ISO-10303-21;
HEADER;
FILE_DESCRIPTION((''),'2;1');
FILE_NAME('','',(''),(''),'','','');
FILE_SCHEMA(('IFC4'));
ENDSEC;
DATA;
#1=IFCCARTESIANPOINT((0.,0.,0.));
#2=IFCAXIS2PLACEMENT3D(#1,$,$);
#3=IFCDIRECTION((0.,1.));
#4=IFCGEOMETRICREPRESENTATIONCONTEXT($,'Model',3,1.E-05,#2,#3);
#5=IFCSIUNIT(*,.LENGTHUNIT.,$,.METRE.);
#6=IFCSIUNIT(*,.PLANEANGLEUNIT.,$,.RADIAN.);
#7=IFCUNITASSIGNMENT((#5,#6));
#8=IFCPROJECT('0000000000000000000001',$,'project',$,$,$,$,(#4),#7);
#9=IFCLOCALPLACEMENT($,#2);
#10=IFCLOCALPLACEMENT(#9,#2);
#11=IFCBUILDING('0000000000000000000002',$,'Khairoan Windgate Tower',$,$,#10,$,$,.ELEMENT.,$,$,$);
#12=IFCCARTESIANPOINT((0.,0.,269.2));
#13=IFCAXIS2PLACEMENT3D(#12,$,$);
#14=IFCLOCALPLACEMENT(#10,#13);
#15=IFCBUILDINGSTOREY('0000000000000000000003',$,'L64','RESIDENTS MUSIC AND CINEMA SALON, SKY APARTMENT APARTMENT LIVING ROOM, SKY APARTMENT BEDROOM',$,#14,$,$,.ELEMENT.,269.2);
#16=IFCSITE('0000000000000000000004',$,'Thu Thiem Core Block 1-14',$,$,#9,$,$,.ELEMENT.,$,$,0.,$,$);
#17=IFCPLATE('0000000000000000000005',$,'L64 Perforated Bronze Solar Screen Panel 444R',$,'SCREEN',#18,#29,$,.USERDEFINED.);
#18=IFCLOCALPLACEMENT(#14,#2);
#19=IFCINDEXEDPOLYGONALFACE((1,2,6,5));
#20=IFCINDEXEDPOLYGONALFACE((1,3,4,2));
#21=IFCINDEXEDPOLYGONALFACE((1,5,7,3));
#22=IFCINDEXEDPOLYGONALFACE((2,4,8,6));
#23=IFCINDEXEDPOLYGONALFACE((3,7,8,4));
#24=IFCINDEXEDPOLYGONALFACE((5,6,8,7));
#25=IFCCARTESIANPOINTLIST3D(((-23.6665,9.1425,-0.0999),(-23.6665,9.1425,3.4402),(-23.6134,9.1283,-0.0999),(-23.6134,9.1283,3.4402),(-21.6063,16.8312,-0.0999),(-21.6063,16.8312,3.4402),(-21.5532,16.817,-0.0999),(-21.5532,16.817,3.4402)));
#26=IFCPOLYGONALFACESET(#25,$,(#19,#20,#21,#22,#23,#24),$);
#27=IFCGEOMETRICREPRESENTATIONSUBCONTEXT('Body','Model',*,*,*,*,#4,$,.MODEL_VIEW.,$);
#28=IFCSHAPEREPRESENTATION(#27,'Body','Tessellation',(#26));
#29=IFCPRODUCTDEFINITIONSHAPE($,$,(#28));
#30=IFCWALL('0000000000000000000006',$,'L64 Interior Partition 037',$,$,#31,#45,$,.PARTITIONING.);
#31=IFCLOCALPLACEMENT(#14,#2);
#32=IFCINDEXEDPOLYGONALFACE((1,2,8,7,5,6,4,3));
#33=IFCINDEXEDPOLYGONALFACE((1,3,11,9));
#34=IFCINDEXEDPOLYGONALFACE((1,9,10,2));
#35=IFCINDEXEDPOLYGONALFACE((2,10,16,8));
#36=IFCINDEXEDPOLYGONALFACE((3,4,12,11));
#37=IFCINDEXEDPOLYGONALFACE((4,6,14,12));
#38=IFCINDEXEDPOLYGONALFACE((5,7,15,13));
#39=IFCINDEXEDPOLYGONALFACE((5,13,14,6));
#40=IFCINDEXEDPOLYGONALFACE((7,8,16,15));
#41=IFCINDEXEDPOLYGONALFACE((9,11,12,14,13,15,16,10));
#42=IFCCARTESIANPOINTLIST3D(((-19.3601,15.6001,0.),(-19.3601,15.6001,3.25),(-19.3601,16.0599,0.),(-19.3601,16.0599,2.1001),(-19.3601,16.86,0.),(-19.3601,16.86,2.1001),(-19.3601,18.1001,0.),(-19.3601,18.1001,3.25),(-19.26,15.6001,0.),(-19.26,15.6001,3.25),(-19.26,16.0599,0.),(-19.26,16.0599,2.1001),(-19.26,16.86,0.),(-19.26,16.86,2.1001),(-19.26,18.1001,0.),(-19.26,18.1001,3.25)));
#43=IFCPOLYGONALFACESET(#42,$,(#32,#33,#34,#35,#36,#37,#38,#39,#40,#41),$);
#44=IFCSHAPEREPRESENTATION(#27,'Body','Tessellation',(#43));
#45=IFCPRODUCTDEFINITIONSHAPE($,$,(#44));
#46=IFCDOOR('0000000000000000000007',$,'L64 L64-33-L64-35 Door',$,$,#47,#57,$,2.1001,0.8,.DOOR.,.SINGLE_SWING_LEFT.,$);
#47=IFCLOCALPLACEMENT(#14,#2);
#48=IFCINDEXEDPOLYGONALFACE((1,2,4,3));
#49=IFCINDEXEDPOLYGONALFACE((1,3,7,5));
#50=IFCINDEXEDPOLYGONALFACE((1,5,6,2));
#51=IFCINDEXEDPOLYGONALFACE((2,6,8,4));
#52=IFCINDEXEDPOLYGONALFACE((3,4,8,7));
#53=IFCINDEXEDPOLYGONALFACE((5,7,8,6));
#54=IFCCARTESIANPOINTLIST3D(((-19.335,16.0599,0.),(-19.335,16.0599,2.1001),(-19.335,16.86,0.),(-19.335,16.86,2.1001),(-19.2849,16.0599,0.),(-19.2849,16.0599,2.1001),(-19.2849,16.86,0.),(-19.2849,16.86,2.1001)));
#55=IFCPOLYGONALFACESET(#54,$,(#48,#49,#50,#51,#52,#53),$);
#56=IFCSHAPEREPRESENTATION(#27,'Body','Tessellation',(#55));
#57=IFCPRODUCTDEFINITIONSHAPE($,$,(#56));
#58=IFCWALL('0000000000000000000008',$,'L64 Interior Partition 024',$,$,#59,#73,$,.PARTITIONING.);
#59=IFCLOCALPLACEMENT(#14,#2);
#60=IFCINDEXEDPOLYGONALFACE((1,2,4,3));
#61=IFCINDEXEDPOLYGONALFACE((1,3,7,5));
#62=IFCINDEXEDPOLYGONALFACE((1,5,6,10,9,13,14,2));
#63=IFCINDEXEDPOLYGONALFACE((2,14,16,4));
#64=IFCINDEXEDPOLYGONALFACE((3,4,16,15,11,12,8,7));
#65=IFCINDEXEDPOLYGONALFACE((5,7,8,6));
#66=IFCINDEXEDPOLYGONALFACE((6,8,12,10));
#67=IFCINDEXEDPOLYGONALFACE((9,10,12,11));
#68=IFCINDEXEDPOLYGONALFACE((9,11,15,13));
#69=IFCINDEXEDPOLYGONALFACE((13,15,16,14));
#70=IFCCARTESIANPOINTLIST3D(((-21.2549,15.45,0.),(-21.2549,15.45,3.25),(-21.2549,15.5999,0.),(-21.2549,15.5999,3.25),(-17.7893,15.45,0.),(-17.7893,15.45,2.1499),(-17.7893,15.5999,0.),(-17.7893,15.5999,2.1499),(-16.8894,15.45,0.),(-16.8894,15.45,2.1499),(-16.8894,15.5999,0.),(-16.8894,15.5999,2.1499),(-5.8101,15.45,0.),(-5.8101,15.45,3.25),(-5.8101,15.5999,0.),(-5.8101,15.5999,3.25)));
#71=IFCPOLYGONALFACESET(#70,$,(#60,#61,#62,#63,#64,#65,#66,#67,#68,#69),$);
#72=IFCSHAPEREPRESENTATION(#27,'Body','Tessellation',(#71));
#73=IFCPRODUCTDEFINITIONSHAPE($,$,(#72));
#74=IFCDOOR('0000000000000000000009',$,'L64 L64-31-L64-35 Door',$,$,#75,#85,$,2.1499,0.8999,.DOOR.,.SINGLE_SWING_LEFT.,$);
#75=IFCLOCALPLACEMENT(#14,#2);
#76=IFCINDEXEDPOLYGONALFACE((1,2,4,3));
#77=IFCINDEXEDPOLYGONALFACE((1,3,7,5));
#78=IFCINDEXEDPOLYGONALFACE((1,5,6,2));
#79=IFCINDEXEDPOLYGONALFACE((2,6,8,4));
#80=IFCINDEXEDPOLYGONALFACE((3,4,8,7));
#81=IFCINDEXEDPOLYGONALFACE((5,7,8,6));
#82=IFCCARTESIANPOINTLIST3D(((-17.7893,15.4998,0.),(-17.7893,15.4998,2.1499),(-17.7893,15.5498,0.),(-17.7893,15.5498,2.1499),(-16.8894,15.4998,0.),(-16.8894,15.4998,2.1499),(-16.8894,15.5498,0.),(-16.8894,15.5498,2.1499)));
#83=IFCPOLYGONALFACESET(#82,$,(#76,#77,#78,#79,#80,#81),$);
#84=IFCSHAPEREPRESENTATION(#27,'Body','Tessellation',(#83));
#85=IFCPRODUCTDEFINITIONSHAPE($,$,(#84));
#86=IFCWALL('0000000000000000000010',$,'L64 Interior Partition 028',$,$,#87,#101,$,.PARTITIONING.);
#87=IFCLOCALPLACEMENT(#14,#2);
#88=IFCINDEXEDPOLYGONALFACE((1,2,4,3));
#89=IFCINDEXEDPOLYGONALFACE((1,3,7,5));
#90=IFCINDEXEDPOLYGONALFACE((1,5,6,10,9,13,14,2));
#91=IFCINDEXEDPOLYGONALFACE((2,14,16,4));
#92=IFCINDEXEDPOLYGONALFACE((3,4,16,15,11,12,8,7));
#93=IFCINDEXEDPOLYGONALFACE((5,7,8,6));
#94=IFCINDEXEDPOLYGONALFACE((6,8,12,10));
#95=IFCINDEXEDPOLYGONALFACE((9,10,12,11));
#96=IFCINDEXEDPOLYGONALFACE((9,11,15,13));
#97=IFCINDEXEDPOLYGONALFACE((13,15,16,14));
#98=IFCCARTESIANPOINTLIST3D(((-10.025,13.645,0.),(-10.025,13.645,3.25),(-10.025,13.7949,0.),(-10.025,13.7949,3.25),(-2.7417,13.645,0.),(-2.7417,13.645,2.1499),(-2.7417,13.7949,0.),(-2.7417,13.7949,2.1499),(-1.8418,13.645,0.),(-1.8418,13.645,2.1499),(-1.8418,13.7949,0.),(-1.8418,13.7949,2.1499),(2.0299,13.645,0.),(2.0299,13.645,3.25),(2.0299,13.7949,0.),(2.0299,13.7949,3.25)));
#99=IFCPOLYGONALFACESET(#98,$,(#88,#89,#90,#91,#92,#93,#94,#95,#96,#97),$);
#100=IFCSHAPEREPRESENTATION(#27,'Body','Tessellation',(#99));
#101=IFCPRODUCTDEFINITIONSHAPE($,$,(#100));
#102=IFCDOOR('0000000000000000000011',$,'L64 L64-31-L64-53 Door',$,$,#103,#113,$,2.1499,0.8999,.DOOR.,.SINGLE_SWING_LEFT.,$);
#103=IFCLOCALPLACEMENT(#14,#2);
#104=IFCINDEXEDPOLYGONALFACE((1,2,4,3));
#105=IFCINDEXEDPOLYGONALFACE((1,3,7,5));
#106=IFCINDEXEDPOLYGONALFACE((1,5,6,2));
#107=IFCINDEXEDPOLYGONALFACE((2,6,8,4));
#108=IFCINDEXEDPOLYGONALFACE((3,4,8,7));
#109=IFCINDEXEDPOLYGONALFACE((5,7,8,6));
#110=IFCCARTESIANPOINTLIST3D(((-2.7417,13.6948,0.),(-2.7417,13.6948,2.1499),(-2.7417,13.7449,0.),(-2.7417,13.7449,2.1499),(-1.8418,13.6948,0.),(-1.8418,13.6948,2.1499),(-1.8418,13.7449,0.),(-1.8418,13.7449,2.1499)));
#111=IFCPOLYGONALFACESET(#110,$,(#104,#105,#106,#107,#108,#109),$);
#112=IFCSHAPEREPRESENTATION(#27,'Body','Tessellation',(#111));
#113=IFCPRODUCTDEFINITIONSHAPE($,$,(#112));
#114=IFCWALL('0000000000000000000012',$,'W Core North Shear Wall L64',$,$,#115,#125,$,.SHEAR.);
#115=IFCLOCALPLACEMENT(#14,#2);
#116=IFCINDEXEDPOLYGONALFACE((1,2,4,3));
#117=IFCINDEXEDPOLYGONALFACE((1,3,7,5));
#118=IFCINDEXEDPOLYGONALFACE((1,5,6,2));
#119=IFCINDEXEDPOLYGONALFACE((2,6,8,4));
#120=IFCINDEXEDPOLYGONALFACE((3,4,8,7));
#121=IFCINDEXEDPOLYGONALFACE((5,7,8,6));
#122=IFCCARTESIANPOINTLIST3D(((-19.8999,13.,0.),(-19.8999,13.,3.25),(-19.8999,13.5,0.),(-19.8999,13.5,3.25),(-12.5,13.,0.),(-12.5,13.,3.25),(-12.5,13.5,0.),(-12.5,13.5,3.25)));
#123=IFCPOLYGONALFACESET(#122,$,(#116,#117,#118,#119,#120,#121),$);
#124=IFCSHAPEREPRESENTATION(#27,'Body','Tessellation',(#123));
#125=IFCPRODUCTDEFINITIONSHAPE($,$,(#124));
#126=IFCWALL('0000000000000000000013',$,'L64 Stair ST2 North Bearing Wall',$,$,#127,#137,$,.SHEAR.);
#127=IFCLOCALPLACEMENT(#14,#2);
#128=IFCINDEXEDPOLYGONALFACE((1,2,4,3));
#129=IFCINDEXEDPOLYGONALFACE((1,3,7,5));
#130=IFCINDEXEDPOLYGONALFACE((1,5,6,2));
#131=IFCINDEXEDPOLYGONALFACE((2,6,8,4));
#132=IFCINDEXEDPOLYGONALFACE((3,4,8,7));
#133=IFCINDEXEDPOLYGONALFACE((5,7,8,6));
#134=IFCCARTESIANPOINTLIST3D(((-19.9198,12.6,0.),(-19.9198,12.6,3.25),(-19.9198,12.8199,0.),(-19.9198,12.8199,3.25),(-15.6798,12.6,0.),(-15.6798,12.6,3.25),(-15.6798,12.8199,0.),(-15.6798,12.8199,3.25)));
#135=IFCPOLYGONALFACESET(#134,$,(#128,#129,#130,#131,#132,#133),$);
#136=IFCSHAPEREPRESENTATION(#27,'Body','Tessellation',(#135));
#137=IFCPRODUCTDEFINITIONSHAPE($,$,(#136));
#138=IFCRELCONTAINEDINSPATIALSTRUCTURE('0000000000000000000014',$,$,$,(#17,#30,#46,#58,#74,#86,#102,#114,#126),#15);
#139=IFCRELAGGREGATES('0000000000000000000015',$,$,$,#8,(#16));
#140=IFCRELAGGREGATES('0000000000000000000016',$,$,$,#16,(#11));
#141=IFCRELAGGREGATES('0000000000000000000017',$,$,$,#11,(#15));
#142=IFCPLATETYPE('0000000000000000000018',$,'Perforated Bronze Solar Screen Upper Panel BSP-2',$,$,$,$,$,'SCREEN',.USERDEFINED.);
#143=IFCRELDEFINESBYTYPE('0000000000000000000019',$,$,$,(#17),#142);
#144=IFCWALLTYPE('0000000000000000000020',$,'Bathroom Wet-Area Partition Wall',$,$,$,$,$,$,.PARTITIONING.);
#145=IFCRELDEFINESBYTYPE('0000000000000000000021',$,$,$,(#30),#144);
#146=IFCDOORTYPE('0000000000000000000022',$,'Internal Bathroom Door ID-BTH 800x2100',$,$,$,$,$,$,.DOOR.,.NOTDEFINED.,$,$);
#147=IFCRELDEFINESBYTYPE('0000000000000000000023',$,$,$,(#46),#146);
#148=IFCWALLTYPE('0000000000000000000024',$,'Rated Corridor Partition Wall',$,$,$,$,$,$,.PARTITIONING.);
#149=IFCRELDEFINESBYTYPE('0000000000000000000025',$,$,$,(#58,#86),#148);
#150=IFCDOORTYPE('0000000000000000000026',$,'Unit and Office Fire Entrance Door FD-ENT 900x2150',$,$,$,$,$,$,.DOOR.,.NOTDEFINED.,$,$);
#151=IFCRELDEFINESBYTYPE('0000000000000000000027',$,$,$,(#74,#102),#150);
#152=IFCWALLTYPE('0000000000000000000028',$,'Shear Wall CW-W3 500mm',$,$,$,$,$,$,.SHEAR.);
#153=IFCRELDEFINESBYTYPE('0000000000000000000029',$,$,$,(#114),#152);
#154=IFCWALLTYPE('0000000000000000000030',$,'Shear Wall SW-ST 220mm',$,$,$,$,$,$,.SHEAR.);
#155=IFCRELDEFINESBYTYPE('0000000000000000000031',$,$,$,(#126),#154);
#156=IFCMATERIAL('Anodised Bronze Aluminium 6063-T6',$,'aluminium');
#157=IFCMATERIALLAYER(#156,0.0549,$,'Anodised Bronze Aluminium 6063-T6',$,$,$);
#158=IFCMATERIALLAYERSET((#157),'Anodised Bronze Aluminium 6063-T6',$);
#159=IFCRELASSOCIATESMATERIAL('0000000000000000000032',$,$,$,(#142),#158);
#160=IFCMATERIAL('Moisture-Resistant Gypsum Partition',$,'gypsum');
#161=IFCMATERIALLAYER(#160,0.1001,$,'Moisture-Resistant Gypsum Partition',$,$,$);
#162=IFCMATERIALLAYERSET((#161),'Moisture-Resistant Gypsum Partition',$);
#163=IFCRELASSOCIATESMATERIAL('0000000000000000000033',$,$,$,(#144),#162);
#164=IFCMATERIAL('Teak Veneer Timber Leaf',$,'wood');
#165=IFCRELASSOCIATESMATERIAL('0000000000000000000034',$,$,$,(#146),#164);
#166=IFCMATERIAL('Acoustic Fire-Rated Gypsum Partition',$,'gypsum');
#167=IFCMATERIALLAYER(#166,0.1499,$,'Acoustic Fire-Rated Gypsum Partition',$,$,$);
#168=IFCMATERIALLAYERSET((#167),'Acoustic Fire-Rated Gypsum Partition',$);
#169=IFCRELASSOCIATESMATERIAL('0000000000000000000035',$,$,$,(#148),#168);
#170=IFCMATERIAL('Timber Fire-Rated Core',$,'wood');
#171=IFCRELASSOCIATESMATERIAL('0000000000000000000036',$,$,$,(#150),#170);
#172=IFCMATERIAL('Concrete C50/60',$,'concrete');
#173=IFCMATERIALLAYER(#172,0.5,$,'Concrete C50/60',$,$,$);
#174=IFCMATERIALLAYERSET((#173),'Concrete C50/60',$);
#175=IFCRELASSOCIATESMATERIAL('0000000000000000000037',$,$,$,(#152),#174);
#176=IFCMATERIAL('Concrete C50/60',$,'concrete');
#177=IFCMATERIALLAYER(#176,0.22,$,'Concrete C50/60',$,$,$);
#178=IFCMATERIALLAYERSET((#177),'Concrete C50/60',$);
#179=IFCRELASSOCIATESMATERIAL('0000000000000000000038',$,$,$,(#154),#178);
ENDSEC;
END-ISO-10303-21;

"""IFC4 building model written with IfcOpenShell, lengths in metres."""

from ifc_helpers import new_model, si_unit, direction, frame, frame_2d, origin, origin_2d, place, context, subcontext, project, spatial, rectangle, extrude, material, layer, layer_set, type_object, element, fill, save


model = new_model("IFC4")

# Units and contexts
model_context = context("Model", 3, precision=1e-05, world=origin(), true_north=direction((0.0, 1.0)))
body_context = subcontext(model_context, "Body", "Model", "MODEL_VIEW")
ifc_project = project(units=[si_unit("LENGTHUNIT", "METRE"), si_unit("PLANEANGLEUNIT", "RADIAN")], contexts=[model_context])

# Site, building, storey
site_placement = place(None, origin())
site = spatial("IfcSite", under=ifc_project, at=site_placement, Name="Thu Thiem Core Block 1-14", CompositionType="ELEMENT", RefElevation=0.0)
building_placement = place(site_placement, origin())
building = spatial("IfcBuilding", under=site, at=building_placement, Name="Khairoan Windgate Tower", CompositionType="ELEMENT")
storey_placement = place(building_placement, frame((0.0, 0.0, 269.2)))
storey = spatial("IfcBuildingStorey", under=building, at=storey_placement, Name="L64", Description="RESIDENTS MUSIC AND CINEMA SALON, SKY APARTMENT APARTMENT LIVING ROOM, SKY APARTMENT BEDROOM", CompositionType="ELEMENT", Elevation=269.2)

# Plate
ifc_material_1 = material(Name="Anodised Bronze Aluminium 6063-T6", Category="aluminium")
ifc_layer_1 = layer(ifc_material_1, 0.0549, Name="Anodised Bronze Aluminium 6063-T6")
ifc_layer_set_1 = layer_set([ifc_layer_1], Name="Anodised Bronze Aluminium 6063-T6")
plate_type = type_object("IfcPlateType", Name="Perforated Bronze Solar Screen Upper Panel BSP-2", ElementType="SCREEN", PredefinedType="USERDEFINED", material=ifc_layer_set_1)
plate_placement = place(storey_placement, frame((-22.6099, 12.9797, -0.0999), z_axis=(0.0, 0.0, 1.0), x_axis=(0.258819, 0.965926, 0.0)))
element("IfcPlate", 1, at=plate_placement, inside=storey, type_object=plate_type, Name="L64 Perforated Bronze Solar Screen Panel 444R", ObjectType="SCREEN", PredefinedType="USERDEFINED", context=body_context, shape_type="SweptSolid", body=[
    extrude(rectangle(XDim=7.96, YDim=0.0549, at=origin_2d()), origin(), (0.0, 0.0, 1.0), 3.54),
])

# Walls, openings, doors
ifc_material_2 = material(Name="Moisture-Resistant Gypsum Partition", Category="gypsum")
ifc_layer_2 = layer(ifc_material_2, 0.1001, Name="Moisture-Resistant Gypsum Partition")
ifc_layer_set_2 = layer_set([ifc_layer_2], Name="Moisture-Resistant Gypsum Partition")
wall_type_1 = type_object("IfcWallType", Name="Bathroom Wet-Area Partition Wall", PredefinedType="PARTITIONING", material=ifc_layer_set_2)
wall_1_placement = place(storey_placement, frame((-19.3101, 15.6001, 0.0), z_axis=(0.0, 0.0, 1.0), x_axis=(0.0, 1.0, 0.0)))
wall_1 = element("IfcWall", 2, at=wall_1_placement, inside=storey, type_object=wall_type_1, Name="L64 Interior Partition 037", PredefinedType="PARTITIONING", context=body_context, shape_type="SweptSolid", body=[
    extrude(rectangle(XDim=2.5, YDim=0.1001, at=frame_2d((1.25, 0.0))), origin(), (0.0, 0.0, 1.0), 3.25),
])
opening_1_placement = place(wall_1_placement, frame((0.46, 0.0, 0.0)))
opening_1 = element("IfcOpeningElement", 3, at=opening_1_placement, cuts=wall_1, PredefinedType="OPENING", context=body_context, shape_type="SweptSolid", body=[
    extrude(rectangle(XDim=0.8, YDim=2.1001, at=frame_2d((0.3999, 1.05))), frame((0.0, 0.0601, 0.0), z_axis=(0.0, -1.0, 0.0), x_axis=(1.0, 0.0, 0.0)), (0.0, 0.0, 1.0), 0.1201),
])
ifc_material_3 = material(Name="Teak Veneer Timber Leaf", Category="wood")
door_type_1 = type_object("IfcDoorType", Name="Internal Bathroom Door ID-BTH 800x2100", OperationType="NOTDEFINED", PredefinedType="DOOR", material=ifc_material_3)
door_1_placement = place(opening_1_placement, origin())
door_1 = element("IfcDoor", 4, at=door_1_placement, inside=storey, type_object=door_type_1, Name="L64 L64-33-L64-35 Door", OperationType="SINGLE_SWING_LEFT", OverallHeight=2.1001, OverallWidth=0.8, PredefinedType="DOOR", context=body_context, shape_type="SweptSolid", body=[
    extrude(rectangle(XDim=0.8, YDim=2.1001, at=frame_2d((0.3999, 1.05))), frame((0.0, 0.0249, 0.0), z_axis=(0.0, -1.0, 0.0), x_axis=(1.0, 0.0, 0.0)), (0.0, 0.0, 1.0), 0.05),
])
fill(opening_1, door_1)
ifc_material_4 = material(Name="Acoustic Fire-Rated Gypsum Partition", Category="gypsum")
ifc_layer_3 = layer(ifc_material_4, 0.1499, Name="Acoustic Fire-Rated Gypsum Partition")
ifc_layer_set_3 = layer_set([ifc_layer_3], Name="Acoustic Fire-Rated Gypsum Partition")
wall_type_2 = type_object("IfcWallType", Name="Rated Corridor Partition Wall", PredefinedType="PARTITIONING", material=ifc_layer_set_3)
wall_2_placement = place(storey_placement, frame((-21.2549, 15.5249, 0.0), z_axis=(0.0, 0.0, 1.0), x_axis=(1.0, 0.0, 0.0)))
wall_2 = element("IfcWall", 5, at=wall_2_placement, inside=storey, type_object=wall_type_2, Name="L64 Interior Partition 024", PredefinedType="PARTITIONING", context=body_context, shape_type="SweptSolid", body=[
    extrude(rectangle(XDim=15.4448, YDim=0.1499, at=frame_2d((7.7224, 0.0))), origin(), (0.0, 0.0, 1.0), 3.25),
])
opening_2_placement = place(wall_2_placement, frame((3.4656, 0.0, 0.0)))
opening_2 = element("IfcOpeningElement", 6, at=opening_2_placement, cuts=wall_2, PredefinedType="OPENING", context=body_context, shape_type="SweptSolid", body=[
    extrude(rectangle(XDim=0.8999, YDim=2.1499, at=frame_2d((0.45, 1.075))), frame((0.0, 0.085, 0.0), z_axis=(0.0, -1.0, 0.0), x_axis=(1.0, 0.0, 0.0)), (0.0, 0.0, 1.0), 0.1699),
])
ifc_material_5 = material(Name="Timber Fire-Rated Core", Category="wood")
door_type_2 = type_object("IfcDoorType", Name="Unit and Office Fire Entrance Door FD-ENT 900x2150", OperationType="NOTDEFINED", PredefinedType="DOOR", material=ifc_material_5)
door_2_placement = place(opening_2_placement, origin())
door_2 = element("IfcDoor", 7, at=door_2_placement, inside=storey, type_object=door_type_2, Name="L64 L64-31-L64-35 Door", OperationType="SINGLE_SWING_LEFT", OverallHeight=2.1499, OverallWidth=0.8999, PredefinedType="DOOR", context=body_context, shape_type="SweptSolid", body=[
    extrude(rectangle(XDim=0.8999, YDim=2.1499, at=frame_2d((0.45, 1.075))), frame((0.0, 0.0249, 0.0), z_axis=(0.0, -1.0, 0.0), x_axis=(1.0, 0.0, 0.0)), (0.0, 0.0, 1.0), 0.05),
])
fill(opening_2, door_2)
wall_3_placement = place(storey_placement, frame((-10.0249, 13.72, 0.0), z_axis=(0.0, 0.0, 1.0), x_axis=(1.0, 0.0, 0.0)))
wall_3 = element("IfcWall", 8, at=wall_3_placement, inside=storey, type_object=wall_type_2, Name="L64 Interior Partition 028", PredefinedType="PARTITIONING", context=body_context, shape_type="SweptSolid", body=[
    extrude(rectangle(XDim=12.0549, YDim=0.1499, at=frame_2d((6.0273, 0.0))), origin(), (0.0, 0.0, 1.0), 3.25),
])
opening_3_placement = place(wall_3_placement, frame((7.2832, 0.0, 0.0)))
opening_3 = element("IfcOpeningElement", 9, at=opening_3_placement, cuts=wall_3, PredefinedType="OPENING", context=body_context, shape_type="SweptSolid", body=[
    extrude(rectangle(XDim=0.8999, YDim=2.1499, at=frame_2d((0.45, 1.075))), frame((0.0, 0.085, 0.0), z_axis=(0.0, -1.0, 0.0), x_axis=(1.0, 0.0, 0.0)), (0.0, 0.0, 1.0), 0.1699),
])
door_3_placement = place(opening_3_placement, origin())
door_3 = element("IfcDoor", 10, at=door_3_placement, inside=storey, type_object=door_type_2, Name="L64 L64-31-L64-53 Door", OperationType="SINGLE_SWING_LEFT", OverallHeight=2.1499, OverallWidth=0.8999, PredefinedType="DOOR", context=body_context, shape_type="SweptSolid", body=[
    extrude(rectangle(XDim=0.8999, YDim=2.1499, at=frame_2d((0.45, 1.075))), frame((0.0, 0.0249, 0.0), z_axis=(0.0, -1.0, 0.0), x_axis=(1.0, 0.0, 0.0)), (0.0, 0.0, 1.0), 0.05),
])
fill(opening_3, door_3)

# Walls
ifc_material_6 = material(Name="Concrete C50/60", Category="concrete")
ifc_layer_4 = layer(ifc_material_6, 0.5, Name="Concrete C50/60")
ifc_layer_set_4 = layer_set([ifc_layer_4], Name="Concrete C50/60")
wall_type_3 = type_object("IfcWallType", Name="Shear Wall CW-W3 500mm", PredefinedType="SHEAR", material=ifc_layer_set_4)
wall_4_placement = place(storey_placement, frame((-19.8999, 13.25, 0.0), z_axis=(0.0, 0.0, 1.0), x_axis=(1.0, 0.0, 0.0)))
element("IfcWall", 11, at=wall_4_placement, inside=storey, type_object=wall_type_3, Name="W Core North Shear Wall L64", PredefinedType="SHEAR", context=body_context, shape_type="SweptSolid", body=[
    extrude(rectangle(XDim=7.3999, YDim=0.5, at=frame_2d((3.7, 0.0))), origin(), (0.0, 0.0, 1.0), 3.25),
])
ifc_material_7 = material(Name="Concrete C50/60", Category="concrete")
ifc_layer_5 = layer(ifc_material_7, 0.22, Name="Concrete C50/60")
ifc_layer_set_5 = layer_set([ifc_layer_5], Name="Concrete C50/60")
wall_type_4 = type_object("IfcWallType", Name="Shear Wall SW-ST 220mm", PredefinedType="SHEAR", material=ifc_layer_set_5)
wall_5_placement = place(storey_placement, frame((-19.9199, 12.71, 0.0), z_axis=(0.0, 0.0, 1.0), x_axis=(1.0, 0.0, 0.0)))
element("IfcWall", 12, at=wall_5_placement, inside=storey, type_object=wall_type_4, Name="L64 Stair ST2 North Bearing Wall", PredefinedType="SHEAR", context=body_context, shape_type="SweptSolid", body=[
    extrude(rectangle(XDim=4.24, YDim=0.22, at=frame_2d((2.1201, 0.0))), origin(), (0.0, 0.0, 1.0), 3.25),
])

save(model, "model.ifc")
